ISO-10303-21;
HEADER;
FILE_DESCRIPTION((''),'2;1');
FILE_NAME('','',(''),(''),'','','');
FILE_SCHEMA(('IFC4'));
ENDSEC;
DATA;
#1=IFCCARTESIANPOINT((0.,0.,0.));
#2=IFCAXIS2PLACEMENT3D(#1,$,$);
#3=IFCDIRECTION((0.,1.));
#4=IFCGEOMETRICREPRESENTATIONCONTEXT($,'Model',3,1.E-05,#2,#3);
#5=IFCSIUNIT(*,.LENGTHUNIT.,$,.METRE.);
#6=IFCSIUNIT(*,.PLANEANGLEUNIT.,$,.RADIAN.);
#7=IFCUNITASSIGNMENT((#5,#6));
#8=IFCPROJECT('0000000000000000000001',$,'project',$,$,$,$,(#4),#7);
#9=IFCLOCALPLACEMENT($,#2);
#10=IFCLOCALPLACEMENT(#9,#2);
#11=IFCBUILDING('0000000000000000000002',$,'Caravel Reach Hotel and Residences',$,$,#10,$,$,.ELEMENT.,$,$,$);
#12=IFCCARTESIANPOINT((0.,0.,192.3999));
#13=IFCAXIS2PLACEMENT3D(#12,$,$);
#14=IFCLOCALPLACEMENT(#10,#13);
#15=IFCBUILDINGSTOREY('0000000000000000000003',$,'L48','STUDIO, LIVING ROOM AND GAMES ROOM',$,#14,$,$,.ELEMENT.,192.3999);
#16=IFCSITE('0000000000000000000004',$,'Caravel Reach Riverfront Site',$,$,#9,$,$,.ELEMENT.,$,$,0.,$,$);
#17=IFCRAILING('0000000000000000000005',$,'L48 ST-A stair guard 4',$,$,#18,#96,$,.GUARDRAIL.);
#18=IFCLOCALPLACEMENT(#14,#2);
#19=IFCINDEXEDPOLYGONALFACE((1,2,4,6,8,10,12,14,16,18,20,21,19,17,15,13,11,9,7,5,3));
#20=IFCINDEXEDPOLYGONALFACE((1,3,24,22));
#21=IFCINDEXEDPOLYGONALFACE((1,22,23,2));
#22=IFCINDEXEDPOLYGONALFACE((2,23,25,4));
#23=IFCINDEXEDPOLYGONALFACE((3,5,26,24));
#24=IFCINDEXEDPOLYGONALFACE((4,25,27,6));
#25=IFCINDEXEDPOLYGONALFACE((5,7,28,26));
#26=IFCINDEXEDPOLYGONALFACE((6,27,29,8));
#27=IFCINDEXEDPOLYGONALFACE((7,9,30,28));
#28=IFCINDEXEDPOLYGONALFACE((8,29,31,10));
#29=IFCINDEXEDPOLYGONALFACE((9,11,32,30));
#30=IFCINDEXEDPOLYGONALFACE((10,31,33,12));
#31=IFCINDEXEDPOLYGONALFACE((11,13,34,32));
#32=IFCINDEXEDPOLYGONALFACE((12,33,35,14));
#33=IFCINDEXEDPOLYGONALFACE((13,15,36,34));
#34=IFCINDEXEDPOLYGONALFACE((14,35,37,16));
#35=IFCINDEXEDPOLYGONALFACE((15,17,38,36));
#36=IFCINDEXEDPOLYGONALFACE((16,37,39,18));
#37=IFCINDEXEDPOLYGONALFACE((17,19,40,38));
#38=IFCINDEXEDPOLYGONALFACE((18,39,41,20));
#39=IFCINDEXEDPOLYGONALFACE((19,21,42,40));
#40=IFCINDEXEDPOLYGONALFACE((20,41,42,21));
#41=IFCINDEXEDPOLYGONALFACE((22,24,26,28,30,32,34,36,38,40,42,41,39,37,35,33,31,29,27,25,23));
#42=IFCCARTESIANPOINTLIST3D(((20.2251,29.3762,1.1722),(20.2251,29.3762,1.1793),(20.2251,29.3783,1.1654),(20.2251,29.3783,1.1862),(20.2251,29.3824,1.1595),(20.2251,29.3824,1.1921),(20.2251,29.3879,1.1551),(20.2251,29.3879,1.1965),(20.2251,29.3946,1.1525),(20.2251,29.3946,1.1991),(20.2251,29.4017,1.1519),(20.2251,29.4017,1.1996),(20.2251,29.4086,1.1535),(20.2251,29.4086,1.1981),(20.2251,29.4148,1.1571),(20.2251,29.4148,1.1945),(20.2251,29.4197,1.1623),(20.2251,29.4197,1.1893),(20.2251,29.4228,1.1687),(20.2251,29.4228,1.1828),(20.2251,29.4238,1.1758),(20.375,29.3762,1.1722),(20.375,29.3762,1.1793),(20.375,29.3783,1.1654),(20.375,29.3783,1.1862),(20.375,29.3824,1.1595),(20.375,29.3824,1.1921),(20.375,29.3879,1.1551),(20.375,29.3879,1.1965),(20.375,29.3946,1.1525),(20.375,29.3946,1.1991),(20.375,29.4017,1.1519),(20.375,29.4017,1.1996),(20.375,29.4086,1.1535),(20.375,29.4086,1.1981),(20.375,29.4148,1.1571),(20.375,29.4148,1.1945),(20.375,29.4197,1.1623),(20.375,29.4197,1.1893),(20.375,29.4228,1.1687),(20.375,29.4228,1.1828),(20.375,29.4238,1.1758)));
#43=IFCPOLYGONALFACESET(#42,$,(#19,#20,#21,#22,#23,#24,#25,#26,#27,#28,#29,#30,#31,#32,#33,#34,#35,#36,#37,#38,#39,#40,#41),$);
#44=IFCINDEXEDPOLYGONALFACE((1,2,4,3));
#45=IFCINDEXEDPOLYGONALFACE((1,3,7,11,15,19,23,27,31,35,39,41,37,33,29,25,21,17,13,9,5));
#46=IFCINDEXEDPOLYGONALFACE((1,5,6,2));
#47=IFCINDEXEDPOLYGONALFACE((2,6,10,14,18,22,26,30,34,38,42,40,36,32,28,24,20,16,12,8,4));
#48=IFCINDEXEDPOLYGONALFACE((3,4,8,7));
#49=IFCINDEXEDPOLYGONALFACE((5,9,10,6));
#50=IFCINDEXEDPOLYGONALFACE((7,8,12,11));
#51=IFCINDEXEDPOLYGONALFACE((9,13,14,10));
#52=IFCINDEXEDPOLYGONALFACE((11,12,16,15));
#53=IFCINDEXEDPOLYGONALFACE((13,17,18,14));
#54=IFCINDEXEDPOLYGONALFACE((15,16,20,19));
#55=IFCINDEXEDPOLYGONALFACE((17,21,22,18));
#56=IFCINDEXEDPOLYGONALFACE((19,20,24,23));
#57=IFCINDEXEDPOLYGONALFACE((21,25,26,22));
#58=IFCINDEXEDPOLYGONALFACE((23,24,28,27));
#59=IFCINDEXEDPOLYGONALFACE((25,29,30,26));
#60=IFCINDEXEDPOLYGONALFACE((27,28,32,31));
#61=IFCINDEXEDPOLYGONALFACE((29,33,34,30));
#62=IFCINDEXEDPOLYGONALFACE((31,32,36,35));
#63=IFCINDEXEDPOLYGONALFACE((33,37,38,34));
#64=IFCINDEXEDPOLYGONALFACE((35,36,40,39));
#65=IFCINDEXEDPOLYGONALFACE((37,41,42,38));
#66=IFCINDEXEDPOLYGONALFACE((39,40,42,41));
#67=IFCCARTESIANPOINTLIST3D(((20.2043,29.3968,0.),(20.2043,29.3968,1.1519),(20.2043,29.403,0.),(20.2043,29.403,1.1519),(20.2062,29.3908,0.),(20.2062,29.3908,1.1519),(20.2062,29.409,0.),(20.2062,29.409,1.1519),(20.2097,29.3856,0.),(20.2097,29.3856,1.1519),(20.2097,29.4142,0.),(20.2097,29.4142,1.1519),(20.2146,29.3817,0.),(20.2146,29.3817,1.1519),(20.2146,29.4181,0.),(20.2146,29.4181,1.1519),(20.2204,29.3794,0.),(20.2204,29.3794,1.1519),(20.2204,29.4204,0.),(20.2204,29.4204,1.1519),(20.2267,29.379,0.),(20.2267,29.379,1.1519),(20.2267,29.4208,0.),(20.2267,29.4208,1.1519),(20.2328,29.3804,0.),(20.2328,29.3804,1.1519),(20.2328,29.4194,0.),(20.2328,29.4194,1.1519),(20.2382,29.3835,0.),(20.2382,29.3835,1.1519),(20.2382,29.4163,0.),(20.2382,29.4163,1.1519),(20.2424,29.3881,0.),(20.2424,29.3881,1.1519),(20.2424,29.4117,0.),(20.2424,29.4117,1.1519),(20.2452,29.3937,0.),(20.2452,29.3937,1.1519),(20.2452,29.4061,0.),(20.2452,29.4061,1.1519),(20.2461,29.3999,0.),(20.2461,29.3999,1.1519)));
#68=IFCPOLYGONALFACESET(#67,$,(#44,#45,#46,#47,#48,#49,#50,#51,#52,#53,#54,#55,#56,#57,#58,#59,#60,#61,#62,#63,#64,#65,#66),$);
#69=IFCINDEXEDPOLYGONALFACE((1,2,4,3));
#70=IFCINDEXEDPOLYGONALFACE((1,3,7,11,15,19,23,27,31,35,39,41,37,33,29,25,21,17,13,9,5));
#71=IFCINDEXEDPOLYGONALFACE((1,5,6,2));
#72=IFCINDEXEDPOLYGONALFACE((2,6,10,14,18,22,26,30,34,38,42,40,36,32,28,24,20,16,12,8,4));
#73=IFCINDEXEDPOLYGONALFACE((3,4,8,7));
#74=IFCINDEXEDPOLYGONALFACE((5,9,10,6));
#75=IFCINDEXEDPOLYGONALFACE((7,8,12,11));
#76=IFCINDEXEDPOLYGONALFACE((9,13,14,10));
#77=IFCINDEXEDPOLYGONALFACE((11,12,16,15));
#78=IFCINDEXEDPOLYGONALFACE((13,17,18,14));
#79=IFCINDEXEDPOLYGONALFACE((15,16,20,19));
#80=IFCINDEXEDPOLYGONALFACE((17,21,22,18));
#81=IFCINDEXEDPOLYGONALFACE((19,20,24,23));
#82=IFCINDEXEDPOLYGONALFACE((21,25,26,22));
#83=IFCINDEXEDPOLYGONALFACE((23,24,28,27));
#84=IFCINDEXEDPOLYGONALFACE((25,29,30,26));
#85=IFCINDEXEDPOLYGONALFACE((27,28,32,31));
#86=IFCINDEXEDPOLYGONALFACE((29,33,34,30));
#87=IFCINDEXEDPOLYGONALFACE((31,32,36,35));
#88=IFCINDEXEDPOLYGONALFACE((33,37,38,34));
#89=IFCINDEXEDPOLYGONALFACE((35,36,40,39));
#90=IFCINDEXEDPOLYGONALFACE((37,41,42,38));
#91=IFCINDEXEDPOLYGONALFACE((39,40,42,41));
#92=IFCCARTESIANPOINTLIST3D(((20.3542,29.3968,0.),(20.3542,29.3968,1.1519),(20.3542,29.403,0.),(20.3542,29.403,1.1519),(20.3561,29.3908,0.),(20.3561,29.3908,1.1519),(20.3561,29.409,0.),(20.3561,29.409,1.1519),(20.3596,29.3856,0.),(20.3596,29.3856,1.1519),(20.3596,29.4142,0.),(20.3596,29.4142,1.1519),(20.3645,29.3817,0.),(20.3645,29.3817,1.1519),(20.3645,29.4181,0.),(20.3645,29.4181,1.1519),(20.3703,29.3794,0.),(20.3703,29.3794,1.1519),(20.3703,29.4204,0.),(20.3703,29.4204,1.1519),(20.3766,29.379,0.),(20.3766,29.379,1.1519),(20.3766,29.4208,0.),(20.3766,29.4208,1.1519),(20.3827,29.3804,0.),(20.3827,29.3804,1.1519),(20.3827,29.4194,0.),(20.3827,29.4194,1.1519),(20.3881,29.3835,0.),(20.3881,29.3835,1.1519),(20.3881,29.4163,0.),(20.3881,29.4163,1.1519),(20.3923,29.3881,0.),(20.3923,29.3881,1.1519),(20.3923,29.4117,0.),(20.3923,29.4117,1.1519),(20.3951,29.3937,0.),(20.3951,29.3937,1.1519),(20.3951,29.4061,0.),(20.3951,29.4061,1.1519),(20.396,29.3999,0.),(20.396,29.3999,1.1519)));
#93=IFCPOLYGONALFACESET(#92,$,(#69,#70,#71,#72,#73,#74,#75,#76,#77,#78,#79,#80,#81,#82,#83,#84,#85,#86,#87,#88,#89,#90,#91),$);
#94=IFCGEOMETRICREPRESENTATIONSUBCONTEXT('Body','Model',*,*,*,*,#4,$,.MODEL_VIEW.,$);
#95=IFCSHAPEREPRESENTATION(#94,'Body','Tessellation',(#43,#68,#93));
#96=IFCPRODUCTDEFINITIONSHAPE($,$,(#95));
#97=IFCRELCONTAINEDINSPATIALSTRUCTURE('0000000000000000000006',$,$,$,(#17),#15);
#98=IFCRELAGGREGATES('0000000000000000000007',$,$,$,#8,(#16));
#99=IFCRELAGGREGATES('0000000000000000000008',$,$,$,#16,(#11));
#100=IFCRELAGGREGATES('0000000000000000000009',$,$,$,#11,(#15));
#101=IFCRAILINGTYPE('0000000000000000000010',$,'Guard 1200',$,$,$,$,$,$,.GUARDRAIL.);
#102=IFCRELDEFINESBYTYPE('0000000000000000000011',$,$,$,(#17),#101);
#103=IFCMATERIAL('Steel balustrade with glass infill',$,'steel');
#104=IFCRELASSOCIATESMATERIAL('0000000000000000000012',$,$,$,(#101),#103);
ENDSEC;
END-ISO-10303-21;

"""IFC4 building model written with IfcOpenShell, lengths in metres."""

from ifc_helpers import new_model, si_unit, direction, frame, origin, origin_2d, place, context, subcontext, project, spatial, circle, extrude, material, type_object, element, save


model = new_model("IFC4")

# Units and contexts
model_context = context("Model", 3, precision=1e-05, world=origin(), true_north=direction((0.0, 1.0)))
body_context = subcontext(model_context, "Body", "Model", "MODEL_VIEW")
ifc_project = project(units=[si_unit("LENGTHUNIT", "METRE"), si_unit("PLANEANGLEUNIT", "RADIAN")], contexts=[model_context])

# Site, building, storey
site_placement = place(None, origin())
site = spatial("IfcSite", under=ifc_project, at=site_placement, Name="Caravel Reach Riverfront Site", CompositionType="ELEMENT", RefElevation=0.0)
building_placement = place(site_placement, origin())
building = spatial("IfcBuilding", under=site, at=building_placement, Name="Caravel Reach Hotel and Residences", CompositionType="ELEMENT")
storey_placement = place(building_placement, frame((0.0, 0.0, 192.3999)))
storey = spatial("IfcBuildingStorey", under=building, at=storey_placement, Name="L48", Description="STUDIO, LIVING ROOM AND GAMES ROOM", CompositionType="ELEMENT", Elevation=192.3999)

# Railing
ifc_material_1 = material(Name="Steel balustrade with glass infill", Category="steel")
railing_type_1 = type_object("IfcRailingType", Name="Guard 1200", PredefinedType="GUARDRAIL", material=ifc_material_1)
railing_1_placement = place(storey_placement, frame((20.2251, 29.3999, 0.0)))
element("IfcRailing", 1, at=railing_1_placement, inside=storey, type_object=railing_type_1, Name="L48 ST-A stair guard 4", PredefinedType="GUARDRAIL", context=body_context, shape_type="SweptSolid", body=[
    extrude(circle(Radius=0.0239, at=origin_2d()), frame((0.0, 0.0, 1.1758), z_axis=(1.0, 0.0, 0.0), x_axis=(0.0, 1.0, 0.0)), (0.0, 0.0, 1.0), 0.1499),
    extrude(circle(Radius=0.021, at=origin_2d()), origin(), (0.0, 0.0, 1.0), 1.1519),
    extrude(circle(Radius=0.021, at=origin_2d()), frame((0.1499, 0.0, 0.0)), (0.0, 0.0, 1.0), 1.1519),
])

save(model, "model.ifc")
